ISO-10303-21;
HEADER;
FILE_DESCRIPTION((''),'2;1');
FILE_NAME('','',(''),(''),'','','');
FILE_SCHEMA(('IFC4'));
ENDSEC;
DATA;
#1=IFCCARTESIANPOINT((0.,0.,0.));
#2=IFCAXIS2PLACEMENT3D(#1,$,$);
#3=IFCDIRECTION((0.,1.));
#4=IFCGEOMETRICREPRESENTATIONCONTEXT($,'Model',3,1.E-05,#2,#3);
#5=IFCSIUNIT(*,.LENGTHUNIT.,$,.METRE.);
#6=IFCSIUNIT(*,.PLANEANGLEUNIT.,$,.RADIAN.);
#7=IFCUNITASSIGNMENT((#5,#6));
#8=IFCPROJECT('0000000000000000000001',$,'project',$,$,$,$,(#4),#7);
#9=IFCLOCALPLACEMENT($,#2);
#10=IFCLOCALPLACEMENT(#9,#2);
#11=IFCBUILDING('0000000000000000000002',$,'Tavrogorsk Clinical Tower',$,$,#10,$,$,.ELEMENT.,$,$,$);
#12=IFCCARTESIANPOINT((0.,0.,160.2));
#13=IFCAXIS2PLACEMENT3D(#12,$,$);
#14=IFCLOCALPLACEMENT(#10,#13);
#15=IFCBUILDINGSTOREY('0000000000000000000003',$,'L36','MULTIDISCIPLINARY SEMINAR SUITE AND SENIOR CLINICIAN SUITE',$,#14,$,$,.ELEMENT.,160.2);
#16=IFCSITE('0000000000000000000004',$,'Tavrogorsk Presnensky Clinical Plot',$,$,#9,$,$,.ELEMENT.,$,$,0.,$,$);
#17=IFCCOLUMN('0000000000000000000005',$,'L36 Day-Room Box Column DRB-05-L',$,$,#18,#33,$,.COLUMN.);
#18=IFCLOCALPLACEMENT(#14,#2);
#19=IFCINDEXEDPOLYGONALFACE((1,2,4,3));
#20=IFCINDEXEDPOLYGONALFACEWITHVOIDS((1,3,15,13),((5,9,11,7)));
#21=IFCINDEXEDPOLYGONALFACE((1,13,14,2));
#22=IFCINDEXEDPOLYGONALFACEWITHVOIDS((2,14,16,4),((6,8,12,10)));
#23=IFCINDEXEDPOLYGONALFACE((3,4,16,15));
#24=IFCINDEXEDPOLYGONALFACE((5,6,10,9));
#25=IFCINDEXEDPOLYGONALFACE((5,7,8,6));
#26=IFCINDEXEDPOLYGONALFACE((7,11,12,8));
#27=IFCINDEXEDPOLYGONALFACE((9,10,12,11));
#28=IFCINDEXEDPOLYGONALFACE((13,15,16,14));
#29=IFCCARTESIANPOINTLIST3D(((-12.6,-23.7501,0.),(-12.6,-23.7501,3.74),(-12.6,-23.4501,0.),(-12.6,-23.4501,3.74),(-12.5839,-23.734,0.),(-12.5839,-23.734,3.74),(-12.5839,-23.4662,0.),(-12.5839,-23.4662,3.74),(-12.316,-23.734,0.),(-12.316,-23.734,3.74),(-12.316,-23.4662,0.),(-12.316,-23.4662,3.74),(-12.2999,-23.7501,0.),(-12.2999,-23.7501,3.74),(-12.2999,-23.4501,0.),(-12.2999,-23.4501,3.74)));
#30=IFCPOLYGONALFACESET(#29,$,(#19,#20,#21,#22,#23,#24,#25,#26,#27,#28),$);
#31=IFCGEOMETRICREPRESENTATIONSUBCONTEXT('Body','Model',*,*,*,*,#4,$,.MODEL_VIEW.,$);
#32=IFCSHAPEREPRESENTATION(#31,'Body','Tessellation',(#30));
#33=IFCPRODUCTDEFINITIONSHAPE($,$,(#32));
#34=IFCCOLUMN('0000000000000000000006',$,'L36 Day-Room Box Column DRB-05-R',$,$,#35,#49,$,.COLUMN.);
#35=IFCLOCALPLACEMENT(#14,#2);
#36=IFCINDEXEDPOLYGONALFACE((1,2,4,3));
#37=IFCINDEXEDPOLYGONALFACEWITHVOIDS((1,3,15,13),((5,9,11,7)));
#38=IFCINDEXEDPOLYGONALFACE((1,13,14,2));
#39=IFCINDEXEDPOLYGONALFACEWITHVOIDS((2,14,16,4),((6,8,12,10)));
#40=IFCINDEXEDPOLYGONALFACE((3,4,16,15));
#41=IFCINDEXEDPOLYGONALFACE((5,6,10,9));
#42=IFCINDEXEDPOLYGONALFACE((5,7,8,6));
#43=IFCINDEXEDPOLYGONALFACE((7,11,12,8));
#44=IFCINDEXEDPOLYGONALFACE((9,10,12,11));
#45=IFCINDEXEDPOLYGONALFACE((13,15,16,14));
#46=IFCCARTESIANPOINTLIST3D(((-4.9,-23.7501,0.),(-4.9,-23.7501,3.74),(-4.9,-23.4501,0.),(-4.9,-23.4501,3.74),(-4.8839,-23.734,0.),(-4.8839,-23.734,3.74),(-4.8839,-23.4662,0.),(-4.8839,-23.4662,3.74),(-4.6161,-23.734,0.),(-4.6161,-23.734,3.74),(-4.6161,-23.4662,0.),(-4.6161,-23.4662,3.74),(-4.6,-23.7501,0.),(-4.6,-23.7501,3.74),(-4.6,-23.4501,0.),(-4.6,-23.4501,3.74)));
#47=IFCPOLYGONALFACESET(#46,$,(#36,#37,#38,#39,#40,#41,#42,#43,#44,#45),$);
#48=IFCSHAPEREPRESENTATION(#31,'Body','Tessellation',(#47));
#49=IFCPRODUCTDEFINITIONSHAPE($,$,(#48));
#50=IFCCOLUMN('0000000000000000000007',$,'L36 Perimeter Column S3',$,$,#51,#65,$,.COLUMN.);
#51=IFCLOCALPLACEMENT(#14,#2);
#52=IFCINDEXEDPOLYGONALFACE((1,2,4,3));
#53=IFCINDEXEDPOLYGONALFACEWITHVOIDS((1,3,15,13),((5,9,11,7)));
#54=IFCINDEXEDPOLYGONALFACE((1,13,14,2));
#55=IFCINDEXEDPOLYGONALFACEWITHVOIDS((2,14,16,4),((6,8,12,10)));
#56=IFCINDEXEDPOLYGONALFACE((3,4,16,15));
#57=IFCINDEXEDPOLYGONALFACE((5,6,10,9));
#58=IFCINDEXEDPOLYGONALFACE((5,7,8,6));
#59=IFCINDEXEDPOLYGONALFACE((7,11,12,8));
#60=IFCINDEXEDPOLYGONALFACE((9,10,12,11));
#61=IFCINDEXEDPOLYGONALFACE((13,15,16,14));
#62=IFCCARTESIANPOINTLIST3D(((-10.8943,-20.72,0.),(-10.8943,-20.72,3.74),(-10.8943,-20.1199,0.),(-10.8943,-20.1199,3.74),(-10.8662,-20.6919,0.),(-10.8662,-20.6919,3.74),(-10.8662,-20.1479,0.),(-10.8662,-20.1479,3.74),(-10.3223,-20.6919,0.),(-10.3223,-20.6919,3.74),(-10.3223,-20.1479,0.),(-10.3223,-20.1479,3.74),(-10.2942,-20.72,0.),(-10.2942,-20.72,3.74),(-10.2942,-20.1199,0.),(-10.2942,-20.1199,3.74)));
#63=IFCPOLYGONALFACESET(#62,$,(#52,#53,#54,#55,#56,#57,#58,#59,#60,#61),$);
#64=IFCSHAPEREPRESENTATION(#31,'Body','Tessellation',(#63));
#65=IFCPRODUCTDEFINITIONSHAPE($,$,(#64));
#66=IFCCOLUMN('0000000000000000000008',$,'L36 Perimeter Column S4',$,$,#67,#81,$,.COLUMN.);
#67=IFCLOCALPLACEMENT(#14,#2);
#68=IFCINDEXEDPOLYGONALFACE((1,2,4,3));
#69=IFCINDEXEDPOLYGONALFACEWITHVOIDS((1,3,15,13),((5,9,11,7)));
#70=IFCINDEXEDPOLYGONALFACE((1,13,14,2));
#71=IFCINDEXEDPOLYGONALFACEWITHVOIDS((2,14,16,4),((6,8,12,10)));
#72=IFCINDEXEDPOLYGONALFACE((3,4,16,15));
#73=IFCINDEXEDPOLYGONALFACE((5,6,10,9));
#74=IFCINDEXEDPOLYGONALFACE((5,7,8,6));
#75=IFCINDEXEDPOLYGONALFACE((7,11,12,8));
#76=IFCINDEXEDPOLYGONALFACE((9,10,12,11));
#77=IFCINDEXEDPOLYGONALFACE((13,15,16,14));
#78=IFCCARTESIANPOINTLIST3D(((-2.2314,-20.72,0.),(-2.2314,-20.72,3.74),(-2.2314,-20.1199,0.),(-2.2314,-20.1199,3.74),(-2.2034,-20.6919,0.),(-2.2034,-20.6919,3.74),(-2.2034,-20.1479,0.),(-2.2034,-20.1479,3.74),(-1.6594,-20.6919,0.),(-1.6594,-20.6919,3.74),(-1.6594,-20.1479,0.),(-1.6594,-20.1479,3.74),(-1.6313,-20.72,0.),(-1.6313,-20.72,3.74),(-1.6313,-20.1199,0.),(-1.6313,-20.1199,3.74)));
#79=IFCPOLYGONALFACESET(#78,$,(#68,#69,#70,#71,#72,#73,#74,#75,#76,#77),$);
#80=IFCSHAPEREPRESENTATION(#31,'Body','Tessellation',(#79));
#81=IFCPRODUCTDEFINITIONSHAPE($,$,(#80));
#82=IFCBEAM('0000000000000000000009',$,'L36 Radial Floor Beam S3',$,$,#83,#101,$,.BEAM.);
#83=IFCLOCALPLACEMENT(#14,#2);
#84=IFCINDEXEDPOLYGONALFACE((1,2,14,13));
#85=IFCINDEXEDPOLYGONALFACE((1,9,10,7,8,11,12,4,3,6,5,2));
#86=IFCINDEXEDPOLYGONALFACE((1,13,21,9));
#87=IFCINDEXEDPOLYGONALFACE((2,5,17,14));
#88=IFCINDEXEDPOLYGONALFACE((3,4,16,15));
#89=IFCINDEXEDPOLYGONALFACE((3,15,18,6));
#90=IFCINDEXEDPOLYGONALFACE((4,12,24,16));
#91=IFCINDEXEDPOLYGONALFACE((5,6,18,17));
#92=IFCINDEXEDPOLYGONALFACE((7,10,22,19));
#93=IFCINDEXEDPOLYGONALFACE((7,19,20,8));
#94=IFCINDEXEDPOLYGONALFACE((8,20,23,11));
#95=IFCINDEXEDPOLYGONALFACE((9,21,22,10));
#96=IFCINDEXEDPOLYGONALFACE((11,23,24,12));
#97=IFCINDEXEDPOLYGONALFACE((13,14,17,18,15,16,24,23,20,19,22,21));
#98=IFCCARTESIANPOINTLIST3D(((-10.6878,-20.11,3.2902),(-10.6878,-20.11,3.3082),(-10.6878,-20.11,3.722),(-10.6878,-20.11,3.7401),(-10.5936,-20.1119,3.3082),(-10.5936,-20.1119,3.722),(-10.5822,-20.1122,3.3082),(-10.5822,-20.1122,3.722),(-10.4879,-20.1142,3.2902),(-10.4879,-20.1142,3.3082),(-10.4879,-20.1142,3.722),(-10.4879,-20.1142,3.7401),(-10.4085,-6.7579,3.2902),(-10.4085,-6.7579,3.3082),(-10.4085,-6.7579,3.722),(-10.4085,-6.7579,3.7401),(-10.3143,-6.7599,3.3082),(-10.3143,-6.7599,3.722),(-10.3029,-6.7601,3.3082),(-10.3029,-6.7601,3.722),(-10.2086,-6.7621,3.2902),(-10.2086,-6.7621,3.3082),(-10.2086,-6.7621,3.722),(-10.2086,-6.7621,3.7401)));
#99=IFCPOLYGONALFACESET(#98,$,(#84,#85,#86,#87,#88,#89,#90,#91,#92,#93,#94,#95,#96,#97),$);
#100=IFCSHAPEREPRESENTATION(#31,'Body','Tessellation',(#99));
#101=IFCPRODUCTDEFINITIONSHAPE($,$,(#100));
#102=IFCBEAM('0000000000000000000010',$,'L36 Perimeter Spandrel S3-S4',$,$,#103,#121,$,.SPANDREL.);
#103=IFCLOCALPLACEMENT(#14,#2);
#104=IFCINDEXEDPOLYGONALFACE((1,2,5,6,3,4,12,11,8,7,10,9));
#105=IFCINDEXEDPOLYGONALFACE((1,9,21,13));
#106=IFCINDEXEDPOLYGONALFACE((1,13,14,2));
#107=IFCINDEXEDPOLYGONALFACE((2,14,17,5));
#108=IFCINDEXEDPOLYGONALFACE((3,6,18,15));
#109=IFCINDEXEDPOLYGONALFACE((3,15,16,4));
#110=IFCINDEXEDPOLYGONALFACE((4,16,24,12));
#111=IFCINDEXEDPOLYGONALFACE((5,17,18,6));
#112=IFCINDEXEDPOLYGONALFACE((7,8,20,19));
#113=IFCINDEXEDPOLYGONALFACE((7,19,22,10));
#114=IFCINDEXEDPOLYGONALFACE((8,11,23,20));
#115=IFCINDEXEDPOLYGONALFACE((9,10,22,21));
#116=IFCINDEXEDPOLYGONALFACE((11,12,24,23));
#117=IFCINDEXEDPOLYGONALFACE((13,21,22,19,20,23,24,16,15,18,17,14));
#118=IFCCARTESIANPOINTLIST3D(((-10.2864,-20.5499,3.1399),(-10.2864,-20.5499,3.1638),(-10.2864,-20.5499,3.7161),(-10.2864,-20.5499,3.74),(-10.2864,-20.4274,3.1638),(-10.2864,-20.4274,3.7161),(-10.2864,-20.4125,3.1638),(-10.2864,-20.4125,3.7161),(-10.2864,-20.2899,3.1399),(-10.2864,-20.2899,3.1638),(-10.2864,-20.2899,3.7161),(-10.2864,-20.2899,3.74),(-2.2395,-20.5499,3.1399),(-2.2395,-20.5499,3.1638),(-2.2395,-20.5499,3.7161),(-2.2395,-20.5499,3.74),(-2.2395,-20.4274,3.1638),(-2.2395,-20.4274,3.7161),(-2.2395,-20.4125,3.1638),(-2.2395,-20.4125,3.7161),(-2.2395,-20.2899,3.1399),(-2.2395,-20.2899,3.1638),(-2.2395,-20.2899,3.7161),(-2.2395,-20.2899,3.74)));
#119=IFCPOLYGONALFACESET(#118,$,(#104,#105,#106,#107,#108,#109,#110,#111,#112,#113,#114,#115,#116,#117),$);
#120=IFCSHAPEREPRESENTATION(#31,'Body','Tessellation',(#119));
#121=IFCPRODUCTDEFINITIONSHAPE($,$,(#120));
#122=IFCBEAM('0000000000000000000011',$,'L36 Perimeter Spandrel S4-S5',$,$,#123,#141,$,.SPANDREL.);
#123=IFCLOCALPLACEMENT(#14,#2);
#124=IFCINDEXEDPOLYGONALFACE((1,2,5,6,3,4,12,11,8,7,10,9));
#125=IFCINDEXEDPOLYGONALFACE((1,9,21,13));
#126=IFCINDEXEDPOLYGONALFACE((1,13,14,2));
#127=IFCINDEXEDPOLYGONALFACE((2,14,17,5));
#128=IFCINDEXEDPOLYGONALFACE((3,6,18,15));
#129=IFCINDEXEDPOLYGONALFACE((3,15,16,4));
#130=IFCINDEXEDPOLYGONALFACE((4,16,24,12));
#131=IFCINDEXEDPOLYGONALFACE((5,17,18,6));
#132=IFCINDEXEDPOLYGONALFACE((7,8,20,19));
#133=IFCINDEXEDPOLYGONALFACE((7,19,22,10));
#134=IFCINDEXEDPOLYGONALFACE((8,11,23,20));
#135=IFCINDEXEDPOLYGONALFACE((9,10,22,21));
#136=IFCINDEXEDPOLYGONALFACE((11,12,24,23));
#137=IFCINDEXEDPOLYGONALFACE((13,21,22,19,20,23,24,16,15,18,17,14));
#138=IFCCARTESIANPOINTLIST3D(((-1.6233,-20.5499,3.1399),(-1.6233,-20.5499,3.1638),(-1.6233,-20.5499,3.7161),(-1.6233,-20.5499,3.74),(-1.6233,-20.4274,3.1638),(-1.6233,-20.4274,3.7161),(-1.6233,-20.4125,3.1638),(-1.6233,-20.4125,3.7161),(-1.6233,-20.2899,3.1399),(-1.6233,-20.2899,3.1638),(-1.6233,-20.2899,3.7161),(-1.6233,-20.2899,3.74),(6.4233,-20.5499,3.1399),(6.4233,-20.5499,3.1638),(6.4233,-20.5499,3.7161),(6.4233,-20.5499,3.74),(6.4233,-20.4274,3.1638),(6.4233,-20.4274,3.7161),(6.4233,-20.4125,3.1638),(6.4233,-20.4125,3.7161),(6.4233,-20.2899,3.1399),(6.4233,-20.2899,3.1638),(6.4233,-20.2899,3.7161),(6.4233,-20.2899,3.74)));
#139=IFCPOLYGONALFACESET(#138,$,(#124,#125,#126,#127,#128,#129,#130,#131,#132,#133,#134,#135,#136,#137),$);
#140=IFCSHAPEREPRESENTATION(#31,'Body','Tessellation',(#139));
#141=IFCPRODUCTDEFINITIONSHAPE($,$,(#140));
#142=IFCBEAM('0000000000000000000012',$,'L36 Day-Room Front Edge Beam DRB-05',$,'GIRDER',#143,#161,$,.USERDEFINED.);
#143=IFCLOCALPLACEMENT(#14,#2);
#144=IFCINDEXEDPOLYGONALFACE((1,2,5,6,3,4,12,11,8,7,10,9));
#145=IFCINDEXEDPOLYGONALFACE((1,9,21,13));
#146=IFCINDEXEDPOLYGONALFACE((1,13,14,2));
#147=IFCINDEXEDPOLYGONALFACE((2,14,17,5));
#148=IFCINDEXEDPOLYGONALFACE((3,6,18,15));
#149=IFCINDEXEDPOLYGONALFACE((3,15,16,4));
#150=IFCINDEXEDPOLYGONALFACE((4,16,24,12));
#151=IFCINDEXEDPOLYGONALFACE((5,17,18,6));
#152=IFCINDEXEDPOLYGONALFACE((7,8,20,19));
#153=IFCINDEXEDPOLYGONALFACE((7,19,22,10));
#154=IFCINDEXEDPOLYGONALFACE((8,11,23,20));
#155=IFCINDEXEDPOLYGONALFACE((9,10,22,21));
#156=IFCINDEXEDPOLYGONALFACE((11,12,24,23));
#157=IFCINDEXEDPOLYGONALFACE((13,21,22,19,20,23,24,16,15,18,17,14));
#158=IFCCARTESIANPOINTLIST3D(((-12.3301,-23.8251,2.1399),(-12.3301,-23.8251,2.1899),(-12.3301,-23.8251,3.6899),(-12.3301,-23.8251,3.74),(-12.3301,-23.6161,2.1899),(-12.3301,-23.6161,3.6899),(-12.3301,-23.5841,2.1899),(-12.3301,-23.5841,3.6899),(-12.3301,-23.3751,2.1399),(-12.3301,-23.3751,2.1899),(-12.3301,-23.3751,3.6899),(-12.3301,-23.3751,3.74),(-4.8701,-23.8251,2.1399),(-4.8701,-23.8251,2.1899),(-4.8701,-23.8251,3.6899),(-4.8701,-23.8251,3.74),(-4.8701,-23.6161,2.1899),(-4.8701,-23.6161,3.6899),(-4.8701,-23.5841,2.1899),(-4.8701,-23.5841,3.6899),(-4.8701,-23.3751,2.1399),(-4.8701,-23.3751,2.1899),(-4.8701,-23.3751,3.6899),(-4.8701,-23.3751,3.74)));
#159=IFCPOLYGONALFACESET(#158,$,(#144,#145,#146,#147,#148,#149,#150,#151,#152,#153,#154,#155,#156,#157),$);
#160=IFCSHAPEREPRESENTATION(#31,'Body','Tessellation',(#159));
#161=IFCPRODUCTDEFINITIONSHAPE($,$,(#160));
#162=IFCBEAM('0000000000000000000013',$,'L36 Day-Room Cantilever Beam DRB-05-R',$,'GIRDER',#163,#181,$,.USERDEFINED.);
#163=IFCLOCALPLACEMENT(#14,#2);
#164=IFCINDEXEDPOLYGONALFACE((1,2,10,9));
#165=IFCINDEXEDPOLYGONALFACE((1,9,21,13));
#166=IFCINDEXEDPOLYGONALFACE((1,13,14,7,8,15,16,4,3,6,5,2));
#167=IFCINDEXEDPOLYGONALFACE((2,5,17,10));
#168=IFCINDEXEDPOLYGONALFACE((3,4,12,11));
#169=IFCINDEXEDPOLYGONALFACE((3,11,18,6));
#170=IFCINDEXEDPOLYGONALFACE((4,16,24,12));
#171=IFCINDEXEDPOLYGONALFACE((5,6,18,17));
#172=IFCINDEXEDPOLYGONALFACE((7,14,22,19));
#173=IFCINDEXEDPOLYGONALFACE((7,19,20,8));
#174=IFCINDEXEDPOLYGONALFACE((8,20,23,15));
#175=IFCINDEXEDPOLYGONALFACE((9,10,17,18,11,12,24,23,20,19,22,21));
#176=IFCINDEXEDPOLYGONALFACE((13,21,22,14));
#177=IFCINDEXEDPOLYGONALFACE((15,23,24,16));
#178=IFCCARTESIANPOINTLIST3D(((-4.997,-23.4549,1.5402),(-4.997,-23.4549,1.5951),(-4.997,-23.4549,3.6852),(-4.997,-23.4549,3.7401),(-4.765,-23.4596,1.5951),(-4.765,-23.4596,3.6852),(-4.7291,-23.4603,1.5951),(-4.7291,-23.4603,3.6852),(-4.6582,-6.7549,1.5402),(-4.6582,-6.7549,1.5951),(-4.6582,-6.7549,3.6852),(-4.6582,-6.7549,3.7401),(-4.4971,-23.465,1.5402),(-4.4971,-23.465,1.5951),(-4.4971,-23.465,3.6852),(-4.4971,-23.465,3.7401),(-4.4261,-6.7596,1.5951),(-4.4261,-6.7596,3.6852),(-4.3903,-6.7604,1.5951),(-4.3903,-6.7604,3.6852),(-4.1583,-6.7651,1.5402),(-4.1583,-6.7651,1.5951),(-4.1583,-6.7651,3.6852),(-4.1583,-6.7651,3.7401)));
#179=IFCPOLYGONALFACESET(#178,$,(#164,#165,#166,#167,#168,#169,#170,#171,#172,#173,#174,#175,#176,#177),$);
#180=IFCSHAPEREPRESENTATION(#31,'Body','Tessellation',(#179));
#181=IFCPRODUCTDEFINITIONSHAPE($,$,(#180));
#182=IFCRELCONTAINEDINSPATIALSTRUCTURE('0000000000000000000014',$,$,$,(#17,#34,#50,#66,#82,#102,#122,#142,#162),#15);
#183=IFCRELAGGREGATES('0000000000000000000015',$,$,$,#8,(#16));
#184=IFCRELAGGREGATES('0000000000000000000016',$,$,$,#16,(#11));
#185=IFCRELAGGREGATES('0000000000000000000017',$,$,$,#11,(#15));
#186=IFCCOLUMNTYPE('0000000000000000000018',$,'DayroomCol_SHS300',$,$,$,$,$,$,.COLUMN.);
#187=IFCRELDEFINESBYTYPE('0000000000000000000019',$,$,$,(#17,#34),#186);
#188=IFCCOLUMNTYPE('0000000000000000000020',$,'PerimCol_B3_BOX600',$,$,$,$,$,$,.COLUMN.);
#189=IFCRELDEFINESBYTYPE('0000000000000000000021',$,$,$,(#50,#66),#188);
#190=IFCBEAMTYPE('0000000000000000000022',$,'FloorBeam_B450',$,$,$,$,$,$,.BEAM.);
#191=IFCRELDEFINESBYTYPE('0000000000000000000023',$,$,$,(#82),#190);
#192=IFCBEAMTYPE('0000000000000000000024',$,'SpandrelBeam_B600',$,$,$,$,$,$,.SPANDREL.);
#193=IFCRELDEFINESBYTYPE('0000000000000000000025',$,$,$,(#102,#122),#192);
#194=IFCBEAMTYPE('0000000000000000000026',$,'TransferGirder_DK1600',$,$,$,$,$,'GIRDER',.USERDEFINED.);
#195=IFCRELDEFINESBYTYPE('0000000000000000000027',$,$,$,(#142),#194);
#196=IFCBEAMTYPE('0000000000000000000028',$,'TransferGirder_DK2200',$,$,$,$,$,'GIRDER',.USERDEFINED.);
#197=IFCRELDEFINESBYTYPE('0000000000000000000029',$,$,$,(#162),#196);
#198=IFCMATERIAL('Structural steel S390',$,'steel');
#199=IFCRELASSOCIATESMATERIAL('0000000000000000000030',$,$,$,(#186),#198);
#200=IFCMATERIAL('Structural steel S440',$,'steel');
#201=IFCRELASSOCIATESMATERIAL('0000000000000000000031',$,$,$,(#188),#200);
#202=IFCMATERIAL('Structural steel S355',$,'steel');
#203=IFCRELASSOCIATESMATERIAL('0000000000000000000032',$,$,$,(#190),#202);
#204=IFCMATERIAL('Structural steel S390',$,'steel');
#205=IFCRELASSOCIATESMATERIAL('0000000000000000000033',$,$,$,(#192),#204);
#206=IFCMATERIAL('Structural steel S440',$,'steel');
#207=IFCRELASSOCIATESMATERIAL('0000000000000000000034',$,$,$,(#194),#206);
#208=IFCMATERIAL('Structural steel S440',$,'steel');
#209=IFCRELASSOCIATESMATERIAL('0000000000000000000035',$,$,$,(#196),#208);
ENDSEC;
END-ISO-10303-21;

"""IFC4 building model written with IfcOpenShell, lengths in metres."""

from ifc_helpers import new_model, si_unit, direction, frame, origin, origin_2d, place, context, subcontext, project, spatial, hollow_rectangle, i_section, extrude, material, material_profile, profile_set, type_object, element, save


model = new_model("IFC4")

# Units and contexts
model_context = context("Model", 3, precision=1e-05, world=origin(), true_north=direction((0.0, 1.0)))
body_context = subcontext(model_context, "Body", "Model", "MODEL_VIEW")
ifc_project = project(units=[si_unit("LENGTHUNIT", "METRE"), si_unit("PLANEANGLEUNIT", "RADIAN")], contexts=[model_context])

# Site, building, storey
site_placement = place(None, origin())
site = spatial("IfcSite", under=ifc_project, at=site_placement, Name="Tavrogorsk Presnensky Clinical Plot", CompositionType="ELEMENT", RefElevation=0.0)
building_placement = place(site_placement, origin())
building = spatial("IfcBuilding", under=site, at=building_placement, Name="Tavrogorsk Clinical Tower", CompositionType="ELEMENT")
storey_placement = place(building_placement, frame((0.0, 0.0, 160.2)))
storey = spatial("IfcBuildingStorey", under=building, at=storey_placement, Name="L36", Description="MULTIDISCIPLINARY SEMINAR SUITE AND SENIOR CLINICIAN SUITE", CompositionType="ELEMENT", Elevation=160.2)

# Columns
ifc_material_1 = material(Name="Structural steel S390", Category="steel")
ifc_material_profile_1 = material_profile(ifc_material_1, hollow_rectangle(XDim=0.3, YDim=0.3, WallThickness=0.0161, at=origin_2d()), Name="SHS-300x300x16")
ifc_profile_set_1 = profile_set([ifc_material_profile_1], Name="Structural steel S390")
column_type_1 = type_object("IfcColumnType", Name="DayroomCol_SHS300", PredefinedType="COLUMN", material=ifc_profile_set_1)
for number, where, z_axis, x_axis, name in (
    (1, (-12.45, -23.6001, 0.0), (0.0, 0.0, 1.0), (1.0, 0.0, 0.0), "L36 Day-Room Box Column DRB-05-L"),
    (2, (-4.75, -23.6001, 0.0), (0.0, 0.0, 1.0), (1.0, 0.0, 0.0), "L36 Day-Room Box Column DRB-05-R"),
):
    element("IfcColumn", number, at=place(storey_placement, frame(where, z_axis=z_axis, x_axis=x_axis)), inside=storey, type_object=column_type_1, Name=name, PredefinedType="COLUMN", context=body_context, shape_type="SweptSolid", body=[
        extrude(hollow_rectangle(XDim=0.3, YDim=0.3, WallThickness=0.0161, at=origin_2d()), origin(), (0.0, 0.0, 1.0), 3.74),
    ])
ifc_material_2 = material(Name="Structural steel S440", Category="steel")
ifc_material_profile_2 = material_profile(ifc_material_2, hollow_rectangle(XDim=0.6001, YDim=0.6001, WallThickness=0.0281, at=origin_2d()), Name="BOX-600x600x28")
ifc_profile_set_2 = profile_set([ifc_material_profile_2], Name="Structural steel S440")
column_type_2 = type_object("IfcColumnType", Name="PerimCol_B3_BOX600", PredefinedType="COLUMN", material=ifc_profile_set_2)
for number, where, z_axis, x_axis, name in (
    (3, (-10.5942, -20.4199, 0.0), (0.0, 0.0, 1.0), (1.0, 0.0, 0.0), "L36 Perimeter Column S3"),
    (4, (-1.9314, -20.4199, 0.0), (0.0, 0.0, 1.0), (1.0, 0.0, 0.0), "L36 Perimeter Column S4"),
):
    element("IfcColumn", number, at=place(storey_placement, frame(where, z_axis=z_axis, x_axis=x_axis)), inside=storey, type_object=column_type_2, Name=name, PredefinedType="COLUMN", context=body_context, shape_type="SweptSolid", body=[
        extrude(hollow_rectangle(XDim=0.6001, YDim=0.6001, WallThickness=0.0281, at=origin_2d()), origin(), (0.0, 0.0, 1.0), 3.74),
    ])

# Beams
ifc_material_3 = material(Name="Structural steel S355", Category="steel")
ifc_material_profile_3 = material_profile(ifc_material_3, i_section(OverallWidth=0.2, OverallDepth=0.45, WebThickness=0.0115, FlangeThickness=0.0181, at=origin_2d()), Name="B-450x200x11.5x18")
ifc_profile_set_3 = profile_set([ifc_material_profile_3], Name="Structural steel S355")
beam_type_1 = type_object("IfcBeamType", Name="FloorBeam_B450", PredefinedType="BEAM", material=ifc_profile_set_3)
beam_1_placement = place(storey_placement, frame((-10.3086, -6.76, 3.5151), z_axis=(-0.020913, -0.999781, 0.0), x_axis=(0.999781, -0.020913, 0.0)))
element("IfcBeam", 5, at=beam_1_placement, inside=storey, type_object=beam_type_1, Name="L36 Radial Floor Beam S3", PredefinedType="BEAM", context=body_context, shape_type="SweptSolid", body=[
    extrude(i_section(OverallWidth=0.2, OverallDepth=0.45, WebThickness=0.0115, FlangeThickness=0.0181, at=origin_2d()), origin(), (0.0, 0.0, 1.0), 13.355),
])
ifc_material_4 = material(Name="Structural steel S390", Category="steel")
ifc_material_profile_4 = material_profile(ifc_material_4, i_section(OverallWidth=0.26, OverallDepth=0.6001, WebThickness=0.0149, FlangeThickness=0.0239, at=origin_2d()), Name="B-600x260x15x24")
ifc_profile_set_4 = profile_set([ifc_material_profile_4], Name="Structural steel S390")
beam_type_2 = type_object("IfcBeamType", Name="SpandrelBeam_B600", PredefinedType="SPANDREL", material=ifc_profile_set_4)
beam_2_placement = place(storey_placement, frame((-10.2864, -20.4199, 3.4399), z_axis=(1.0, 0.0, 0.0), x_axis=(0.0, 1.0, 0.0)))
element("IfcBeam", 6, at=beam_2_placement, inside=storey, type_object=beam_type_2, Name="L36 Perimeter Spandrel S3-S4", PredefinedType="SPANDREL", context=body_context, shape_type="SweptSolid", body=[
    extrude(i_section(OverallWidth=0.26, OverallDepth=0.6001, WebThickness=0.0149, FlangeThickness=0.0239, at=origin_2d()), origin(), (0.0, 0.0, 1.0), 8.0469),
])
beam_3_placement = place(storey_placement, frame((-1.6233, -20.4199, 3.4399), z_axis=(1.0, 0.0, 0.0), x_axis=(0.0, 1.0, 0.0)))
element("IfcBeam", 7, at=beam_3_placement, inside=storey, type_object=beam_type_2, Name="L36 Perimeter Spandrel S4-S5", PredefinedType="SPANDREL", context=body_context, shape_type="SweptSolid", body=[
    extrude(i_section(OverallWidth=0.26, OverallDepth=0.6001, WebThickness=0.0149, FlangeThickness=0.0239, at=origin_2d()), origin(), (0.0, 0.0, 1.0), 8.0466),
])
ifc_material_5 = material(Name="Structural steel S440", Category="steel")
ifc_material_profile_5 = material_profile(ifc_material_5, i_section(OverallWidth=0.45, OverallDepth=1.6001, WebThickness=0.032, FlangeThickness=0.05, at=origin_2d()), Name="DK-1600x450x32x50")
ifc_profile_set_5 = profile_set([ifc_material_profile_5], Name="Structural steel S440")
beam_type_3 = type_object("IfcBeamType", Name="TransferGirder_DK1600", ElementType="GIRDER", PredefinedType="USERDEFINED", material=ifc_profile_set_5)
beam_4_placement = place(storey_placement, frame((-12.3301, -23.6001, 2.9399), z_axis=(1.0, 0.0, 0.0), x_axis=(0.0, 1.0, 0.0)))
element("IfcBeam", 8, at=beam_4_placement, inside=storey, type_object=beam_type_3, Name="L36 Day-Room Front Edge Beam DRB-05", ObjectType="GIRDER", PredefinedType="USERDEFINED", context=body_context, shape_type="SweptSolid", body=[
    extrude(i_section(OverallWidth=0.45, OverallDepth=1.6001, WebThickness=0.032, FlangeThickness=0.05, at=origin_2d()), origin(), (0.0, 0.0, 1.0), 7.46),
])
ifc_material_6 = material(Name="Structural steel S440", Category="steel")
ifc_material_profile_6 = material_profile(ifc_material_6, i_section(OverallWidth=0.5, OverallDepth=2.2, WebThickness=0.0359, FlangeThickness=0.0549, at=origin_2d()), Name="DK-2200x500x36x55")
ifc_profile_set_6 = profile_set([ifc_material_profile_6], Name="Structural steel S440")
beam_type_4 = type_object("IfcBeamType", Name="TransferGirder_DK2200", ElementType="GIRDER", PredefinedType="USERDEFINED", material=ifc_profile_set_6)
beam_5_placement = place(storey_placement, frame((-4.4082, -6.76, 2.6401), z_axis=(-0.020287, -0.999794, 0.0), x_axis=(0.999794, -0.020287, 0.0)))
element("IfcBeam", 9, at=beam_5_placement, inside=storey, type_object=beam_type_4, Name="L36 Day-Room Cantilever Beam DRB-05-R", ObjectType="GIRDER", PredefinedType="USERDEFINED", context=body_context, shape_type="SweptSolid", body=[
    extrude(i_section(OverallWidth=0.5, OverallDepth=2.2, WebThickness=0.0359, FlangeThickness=0.0549, at=origin_2d()), origin(), (0.0, 0.0, 1.0), 16.7034),
])

save(model, "model.ifc")
